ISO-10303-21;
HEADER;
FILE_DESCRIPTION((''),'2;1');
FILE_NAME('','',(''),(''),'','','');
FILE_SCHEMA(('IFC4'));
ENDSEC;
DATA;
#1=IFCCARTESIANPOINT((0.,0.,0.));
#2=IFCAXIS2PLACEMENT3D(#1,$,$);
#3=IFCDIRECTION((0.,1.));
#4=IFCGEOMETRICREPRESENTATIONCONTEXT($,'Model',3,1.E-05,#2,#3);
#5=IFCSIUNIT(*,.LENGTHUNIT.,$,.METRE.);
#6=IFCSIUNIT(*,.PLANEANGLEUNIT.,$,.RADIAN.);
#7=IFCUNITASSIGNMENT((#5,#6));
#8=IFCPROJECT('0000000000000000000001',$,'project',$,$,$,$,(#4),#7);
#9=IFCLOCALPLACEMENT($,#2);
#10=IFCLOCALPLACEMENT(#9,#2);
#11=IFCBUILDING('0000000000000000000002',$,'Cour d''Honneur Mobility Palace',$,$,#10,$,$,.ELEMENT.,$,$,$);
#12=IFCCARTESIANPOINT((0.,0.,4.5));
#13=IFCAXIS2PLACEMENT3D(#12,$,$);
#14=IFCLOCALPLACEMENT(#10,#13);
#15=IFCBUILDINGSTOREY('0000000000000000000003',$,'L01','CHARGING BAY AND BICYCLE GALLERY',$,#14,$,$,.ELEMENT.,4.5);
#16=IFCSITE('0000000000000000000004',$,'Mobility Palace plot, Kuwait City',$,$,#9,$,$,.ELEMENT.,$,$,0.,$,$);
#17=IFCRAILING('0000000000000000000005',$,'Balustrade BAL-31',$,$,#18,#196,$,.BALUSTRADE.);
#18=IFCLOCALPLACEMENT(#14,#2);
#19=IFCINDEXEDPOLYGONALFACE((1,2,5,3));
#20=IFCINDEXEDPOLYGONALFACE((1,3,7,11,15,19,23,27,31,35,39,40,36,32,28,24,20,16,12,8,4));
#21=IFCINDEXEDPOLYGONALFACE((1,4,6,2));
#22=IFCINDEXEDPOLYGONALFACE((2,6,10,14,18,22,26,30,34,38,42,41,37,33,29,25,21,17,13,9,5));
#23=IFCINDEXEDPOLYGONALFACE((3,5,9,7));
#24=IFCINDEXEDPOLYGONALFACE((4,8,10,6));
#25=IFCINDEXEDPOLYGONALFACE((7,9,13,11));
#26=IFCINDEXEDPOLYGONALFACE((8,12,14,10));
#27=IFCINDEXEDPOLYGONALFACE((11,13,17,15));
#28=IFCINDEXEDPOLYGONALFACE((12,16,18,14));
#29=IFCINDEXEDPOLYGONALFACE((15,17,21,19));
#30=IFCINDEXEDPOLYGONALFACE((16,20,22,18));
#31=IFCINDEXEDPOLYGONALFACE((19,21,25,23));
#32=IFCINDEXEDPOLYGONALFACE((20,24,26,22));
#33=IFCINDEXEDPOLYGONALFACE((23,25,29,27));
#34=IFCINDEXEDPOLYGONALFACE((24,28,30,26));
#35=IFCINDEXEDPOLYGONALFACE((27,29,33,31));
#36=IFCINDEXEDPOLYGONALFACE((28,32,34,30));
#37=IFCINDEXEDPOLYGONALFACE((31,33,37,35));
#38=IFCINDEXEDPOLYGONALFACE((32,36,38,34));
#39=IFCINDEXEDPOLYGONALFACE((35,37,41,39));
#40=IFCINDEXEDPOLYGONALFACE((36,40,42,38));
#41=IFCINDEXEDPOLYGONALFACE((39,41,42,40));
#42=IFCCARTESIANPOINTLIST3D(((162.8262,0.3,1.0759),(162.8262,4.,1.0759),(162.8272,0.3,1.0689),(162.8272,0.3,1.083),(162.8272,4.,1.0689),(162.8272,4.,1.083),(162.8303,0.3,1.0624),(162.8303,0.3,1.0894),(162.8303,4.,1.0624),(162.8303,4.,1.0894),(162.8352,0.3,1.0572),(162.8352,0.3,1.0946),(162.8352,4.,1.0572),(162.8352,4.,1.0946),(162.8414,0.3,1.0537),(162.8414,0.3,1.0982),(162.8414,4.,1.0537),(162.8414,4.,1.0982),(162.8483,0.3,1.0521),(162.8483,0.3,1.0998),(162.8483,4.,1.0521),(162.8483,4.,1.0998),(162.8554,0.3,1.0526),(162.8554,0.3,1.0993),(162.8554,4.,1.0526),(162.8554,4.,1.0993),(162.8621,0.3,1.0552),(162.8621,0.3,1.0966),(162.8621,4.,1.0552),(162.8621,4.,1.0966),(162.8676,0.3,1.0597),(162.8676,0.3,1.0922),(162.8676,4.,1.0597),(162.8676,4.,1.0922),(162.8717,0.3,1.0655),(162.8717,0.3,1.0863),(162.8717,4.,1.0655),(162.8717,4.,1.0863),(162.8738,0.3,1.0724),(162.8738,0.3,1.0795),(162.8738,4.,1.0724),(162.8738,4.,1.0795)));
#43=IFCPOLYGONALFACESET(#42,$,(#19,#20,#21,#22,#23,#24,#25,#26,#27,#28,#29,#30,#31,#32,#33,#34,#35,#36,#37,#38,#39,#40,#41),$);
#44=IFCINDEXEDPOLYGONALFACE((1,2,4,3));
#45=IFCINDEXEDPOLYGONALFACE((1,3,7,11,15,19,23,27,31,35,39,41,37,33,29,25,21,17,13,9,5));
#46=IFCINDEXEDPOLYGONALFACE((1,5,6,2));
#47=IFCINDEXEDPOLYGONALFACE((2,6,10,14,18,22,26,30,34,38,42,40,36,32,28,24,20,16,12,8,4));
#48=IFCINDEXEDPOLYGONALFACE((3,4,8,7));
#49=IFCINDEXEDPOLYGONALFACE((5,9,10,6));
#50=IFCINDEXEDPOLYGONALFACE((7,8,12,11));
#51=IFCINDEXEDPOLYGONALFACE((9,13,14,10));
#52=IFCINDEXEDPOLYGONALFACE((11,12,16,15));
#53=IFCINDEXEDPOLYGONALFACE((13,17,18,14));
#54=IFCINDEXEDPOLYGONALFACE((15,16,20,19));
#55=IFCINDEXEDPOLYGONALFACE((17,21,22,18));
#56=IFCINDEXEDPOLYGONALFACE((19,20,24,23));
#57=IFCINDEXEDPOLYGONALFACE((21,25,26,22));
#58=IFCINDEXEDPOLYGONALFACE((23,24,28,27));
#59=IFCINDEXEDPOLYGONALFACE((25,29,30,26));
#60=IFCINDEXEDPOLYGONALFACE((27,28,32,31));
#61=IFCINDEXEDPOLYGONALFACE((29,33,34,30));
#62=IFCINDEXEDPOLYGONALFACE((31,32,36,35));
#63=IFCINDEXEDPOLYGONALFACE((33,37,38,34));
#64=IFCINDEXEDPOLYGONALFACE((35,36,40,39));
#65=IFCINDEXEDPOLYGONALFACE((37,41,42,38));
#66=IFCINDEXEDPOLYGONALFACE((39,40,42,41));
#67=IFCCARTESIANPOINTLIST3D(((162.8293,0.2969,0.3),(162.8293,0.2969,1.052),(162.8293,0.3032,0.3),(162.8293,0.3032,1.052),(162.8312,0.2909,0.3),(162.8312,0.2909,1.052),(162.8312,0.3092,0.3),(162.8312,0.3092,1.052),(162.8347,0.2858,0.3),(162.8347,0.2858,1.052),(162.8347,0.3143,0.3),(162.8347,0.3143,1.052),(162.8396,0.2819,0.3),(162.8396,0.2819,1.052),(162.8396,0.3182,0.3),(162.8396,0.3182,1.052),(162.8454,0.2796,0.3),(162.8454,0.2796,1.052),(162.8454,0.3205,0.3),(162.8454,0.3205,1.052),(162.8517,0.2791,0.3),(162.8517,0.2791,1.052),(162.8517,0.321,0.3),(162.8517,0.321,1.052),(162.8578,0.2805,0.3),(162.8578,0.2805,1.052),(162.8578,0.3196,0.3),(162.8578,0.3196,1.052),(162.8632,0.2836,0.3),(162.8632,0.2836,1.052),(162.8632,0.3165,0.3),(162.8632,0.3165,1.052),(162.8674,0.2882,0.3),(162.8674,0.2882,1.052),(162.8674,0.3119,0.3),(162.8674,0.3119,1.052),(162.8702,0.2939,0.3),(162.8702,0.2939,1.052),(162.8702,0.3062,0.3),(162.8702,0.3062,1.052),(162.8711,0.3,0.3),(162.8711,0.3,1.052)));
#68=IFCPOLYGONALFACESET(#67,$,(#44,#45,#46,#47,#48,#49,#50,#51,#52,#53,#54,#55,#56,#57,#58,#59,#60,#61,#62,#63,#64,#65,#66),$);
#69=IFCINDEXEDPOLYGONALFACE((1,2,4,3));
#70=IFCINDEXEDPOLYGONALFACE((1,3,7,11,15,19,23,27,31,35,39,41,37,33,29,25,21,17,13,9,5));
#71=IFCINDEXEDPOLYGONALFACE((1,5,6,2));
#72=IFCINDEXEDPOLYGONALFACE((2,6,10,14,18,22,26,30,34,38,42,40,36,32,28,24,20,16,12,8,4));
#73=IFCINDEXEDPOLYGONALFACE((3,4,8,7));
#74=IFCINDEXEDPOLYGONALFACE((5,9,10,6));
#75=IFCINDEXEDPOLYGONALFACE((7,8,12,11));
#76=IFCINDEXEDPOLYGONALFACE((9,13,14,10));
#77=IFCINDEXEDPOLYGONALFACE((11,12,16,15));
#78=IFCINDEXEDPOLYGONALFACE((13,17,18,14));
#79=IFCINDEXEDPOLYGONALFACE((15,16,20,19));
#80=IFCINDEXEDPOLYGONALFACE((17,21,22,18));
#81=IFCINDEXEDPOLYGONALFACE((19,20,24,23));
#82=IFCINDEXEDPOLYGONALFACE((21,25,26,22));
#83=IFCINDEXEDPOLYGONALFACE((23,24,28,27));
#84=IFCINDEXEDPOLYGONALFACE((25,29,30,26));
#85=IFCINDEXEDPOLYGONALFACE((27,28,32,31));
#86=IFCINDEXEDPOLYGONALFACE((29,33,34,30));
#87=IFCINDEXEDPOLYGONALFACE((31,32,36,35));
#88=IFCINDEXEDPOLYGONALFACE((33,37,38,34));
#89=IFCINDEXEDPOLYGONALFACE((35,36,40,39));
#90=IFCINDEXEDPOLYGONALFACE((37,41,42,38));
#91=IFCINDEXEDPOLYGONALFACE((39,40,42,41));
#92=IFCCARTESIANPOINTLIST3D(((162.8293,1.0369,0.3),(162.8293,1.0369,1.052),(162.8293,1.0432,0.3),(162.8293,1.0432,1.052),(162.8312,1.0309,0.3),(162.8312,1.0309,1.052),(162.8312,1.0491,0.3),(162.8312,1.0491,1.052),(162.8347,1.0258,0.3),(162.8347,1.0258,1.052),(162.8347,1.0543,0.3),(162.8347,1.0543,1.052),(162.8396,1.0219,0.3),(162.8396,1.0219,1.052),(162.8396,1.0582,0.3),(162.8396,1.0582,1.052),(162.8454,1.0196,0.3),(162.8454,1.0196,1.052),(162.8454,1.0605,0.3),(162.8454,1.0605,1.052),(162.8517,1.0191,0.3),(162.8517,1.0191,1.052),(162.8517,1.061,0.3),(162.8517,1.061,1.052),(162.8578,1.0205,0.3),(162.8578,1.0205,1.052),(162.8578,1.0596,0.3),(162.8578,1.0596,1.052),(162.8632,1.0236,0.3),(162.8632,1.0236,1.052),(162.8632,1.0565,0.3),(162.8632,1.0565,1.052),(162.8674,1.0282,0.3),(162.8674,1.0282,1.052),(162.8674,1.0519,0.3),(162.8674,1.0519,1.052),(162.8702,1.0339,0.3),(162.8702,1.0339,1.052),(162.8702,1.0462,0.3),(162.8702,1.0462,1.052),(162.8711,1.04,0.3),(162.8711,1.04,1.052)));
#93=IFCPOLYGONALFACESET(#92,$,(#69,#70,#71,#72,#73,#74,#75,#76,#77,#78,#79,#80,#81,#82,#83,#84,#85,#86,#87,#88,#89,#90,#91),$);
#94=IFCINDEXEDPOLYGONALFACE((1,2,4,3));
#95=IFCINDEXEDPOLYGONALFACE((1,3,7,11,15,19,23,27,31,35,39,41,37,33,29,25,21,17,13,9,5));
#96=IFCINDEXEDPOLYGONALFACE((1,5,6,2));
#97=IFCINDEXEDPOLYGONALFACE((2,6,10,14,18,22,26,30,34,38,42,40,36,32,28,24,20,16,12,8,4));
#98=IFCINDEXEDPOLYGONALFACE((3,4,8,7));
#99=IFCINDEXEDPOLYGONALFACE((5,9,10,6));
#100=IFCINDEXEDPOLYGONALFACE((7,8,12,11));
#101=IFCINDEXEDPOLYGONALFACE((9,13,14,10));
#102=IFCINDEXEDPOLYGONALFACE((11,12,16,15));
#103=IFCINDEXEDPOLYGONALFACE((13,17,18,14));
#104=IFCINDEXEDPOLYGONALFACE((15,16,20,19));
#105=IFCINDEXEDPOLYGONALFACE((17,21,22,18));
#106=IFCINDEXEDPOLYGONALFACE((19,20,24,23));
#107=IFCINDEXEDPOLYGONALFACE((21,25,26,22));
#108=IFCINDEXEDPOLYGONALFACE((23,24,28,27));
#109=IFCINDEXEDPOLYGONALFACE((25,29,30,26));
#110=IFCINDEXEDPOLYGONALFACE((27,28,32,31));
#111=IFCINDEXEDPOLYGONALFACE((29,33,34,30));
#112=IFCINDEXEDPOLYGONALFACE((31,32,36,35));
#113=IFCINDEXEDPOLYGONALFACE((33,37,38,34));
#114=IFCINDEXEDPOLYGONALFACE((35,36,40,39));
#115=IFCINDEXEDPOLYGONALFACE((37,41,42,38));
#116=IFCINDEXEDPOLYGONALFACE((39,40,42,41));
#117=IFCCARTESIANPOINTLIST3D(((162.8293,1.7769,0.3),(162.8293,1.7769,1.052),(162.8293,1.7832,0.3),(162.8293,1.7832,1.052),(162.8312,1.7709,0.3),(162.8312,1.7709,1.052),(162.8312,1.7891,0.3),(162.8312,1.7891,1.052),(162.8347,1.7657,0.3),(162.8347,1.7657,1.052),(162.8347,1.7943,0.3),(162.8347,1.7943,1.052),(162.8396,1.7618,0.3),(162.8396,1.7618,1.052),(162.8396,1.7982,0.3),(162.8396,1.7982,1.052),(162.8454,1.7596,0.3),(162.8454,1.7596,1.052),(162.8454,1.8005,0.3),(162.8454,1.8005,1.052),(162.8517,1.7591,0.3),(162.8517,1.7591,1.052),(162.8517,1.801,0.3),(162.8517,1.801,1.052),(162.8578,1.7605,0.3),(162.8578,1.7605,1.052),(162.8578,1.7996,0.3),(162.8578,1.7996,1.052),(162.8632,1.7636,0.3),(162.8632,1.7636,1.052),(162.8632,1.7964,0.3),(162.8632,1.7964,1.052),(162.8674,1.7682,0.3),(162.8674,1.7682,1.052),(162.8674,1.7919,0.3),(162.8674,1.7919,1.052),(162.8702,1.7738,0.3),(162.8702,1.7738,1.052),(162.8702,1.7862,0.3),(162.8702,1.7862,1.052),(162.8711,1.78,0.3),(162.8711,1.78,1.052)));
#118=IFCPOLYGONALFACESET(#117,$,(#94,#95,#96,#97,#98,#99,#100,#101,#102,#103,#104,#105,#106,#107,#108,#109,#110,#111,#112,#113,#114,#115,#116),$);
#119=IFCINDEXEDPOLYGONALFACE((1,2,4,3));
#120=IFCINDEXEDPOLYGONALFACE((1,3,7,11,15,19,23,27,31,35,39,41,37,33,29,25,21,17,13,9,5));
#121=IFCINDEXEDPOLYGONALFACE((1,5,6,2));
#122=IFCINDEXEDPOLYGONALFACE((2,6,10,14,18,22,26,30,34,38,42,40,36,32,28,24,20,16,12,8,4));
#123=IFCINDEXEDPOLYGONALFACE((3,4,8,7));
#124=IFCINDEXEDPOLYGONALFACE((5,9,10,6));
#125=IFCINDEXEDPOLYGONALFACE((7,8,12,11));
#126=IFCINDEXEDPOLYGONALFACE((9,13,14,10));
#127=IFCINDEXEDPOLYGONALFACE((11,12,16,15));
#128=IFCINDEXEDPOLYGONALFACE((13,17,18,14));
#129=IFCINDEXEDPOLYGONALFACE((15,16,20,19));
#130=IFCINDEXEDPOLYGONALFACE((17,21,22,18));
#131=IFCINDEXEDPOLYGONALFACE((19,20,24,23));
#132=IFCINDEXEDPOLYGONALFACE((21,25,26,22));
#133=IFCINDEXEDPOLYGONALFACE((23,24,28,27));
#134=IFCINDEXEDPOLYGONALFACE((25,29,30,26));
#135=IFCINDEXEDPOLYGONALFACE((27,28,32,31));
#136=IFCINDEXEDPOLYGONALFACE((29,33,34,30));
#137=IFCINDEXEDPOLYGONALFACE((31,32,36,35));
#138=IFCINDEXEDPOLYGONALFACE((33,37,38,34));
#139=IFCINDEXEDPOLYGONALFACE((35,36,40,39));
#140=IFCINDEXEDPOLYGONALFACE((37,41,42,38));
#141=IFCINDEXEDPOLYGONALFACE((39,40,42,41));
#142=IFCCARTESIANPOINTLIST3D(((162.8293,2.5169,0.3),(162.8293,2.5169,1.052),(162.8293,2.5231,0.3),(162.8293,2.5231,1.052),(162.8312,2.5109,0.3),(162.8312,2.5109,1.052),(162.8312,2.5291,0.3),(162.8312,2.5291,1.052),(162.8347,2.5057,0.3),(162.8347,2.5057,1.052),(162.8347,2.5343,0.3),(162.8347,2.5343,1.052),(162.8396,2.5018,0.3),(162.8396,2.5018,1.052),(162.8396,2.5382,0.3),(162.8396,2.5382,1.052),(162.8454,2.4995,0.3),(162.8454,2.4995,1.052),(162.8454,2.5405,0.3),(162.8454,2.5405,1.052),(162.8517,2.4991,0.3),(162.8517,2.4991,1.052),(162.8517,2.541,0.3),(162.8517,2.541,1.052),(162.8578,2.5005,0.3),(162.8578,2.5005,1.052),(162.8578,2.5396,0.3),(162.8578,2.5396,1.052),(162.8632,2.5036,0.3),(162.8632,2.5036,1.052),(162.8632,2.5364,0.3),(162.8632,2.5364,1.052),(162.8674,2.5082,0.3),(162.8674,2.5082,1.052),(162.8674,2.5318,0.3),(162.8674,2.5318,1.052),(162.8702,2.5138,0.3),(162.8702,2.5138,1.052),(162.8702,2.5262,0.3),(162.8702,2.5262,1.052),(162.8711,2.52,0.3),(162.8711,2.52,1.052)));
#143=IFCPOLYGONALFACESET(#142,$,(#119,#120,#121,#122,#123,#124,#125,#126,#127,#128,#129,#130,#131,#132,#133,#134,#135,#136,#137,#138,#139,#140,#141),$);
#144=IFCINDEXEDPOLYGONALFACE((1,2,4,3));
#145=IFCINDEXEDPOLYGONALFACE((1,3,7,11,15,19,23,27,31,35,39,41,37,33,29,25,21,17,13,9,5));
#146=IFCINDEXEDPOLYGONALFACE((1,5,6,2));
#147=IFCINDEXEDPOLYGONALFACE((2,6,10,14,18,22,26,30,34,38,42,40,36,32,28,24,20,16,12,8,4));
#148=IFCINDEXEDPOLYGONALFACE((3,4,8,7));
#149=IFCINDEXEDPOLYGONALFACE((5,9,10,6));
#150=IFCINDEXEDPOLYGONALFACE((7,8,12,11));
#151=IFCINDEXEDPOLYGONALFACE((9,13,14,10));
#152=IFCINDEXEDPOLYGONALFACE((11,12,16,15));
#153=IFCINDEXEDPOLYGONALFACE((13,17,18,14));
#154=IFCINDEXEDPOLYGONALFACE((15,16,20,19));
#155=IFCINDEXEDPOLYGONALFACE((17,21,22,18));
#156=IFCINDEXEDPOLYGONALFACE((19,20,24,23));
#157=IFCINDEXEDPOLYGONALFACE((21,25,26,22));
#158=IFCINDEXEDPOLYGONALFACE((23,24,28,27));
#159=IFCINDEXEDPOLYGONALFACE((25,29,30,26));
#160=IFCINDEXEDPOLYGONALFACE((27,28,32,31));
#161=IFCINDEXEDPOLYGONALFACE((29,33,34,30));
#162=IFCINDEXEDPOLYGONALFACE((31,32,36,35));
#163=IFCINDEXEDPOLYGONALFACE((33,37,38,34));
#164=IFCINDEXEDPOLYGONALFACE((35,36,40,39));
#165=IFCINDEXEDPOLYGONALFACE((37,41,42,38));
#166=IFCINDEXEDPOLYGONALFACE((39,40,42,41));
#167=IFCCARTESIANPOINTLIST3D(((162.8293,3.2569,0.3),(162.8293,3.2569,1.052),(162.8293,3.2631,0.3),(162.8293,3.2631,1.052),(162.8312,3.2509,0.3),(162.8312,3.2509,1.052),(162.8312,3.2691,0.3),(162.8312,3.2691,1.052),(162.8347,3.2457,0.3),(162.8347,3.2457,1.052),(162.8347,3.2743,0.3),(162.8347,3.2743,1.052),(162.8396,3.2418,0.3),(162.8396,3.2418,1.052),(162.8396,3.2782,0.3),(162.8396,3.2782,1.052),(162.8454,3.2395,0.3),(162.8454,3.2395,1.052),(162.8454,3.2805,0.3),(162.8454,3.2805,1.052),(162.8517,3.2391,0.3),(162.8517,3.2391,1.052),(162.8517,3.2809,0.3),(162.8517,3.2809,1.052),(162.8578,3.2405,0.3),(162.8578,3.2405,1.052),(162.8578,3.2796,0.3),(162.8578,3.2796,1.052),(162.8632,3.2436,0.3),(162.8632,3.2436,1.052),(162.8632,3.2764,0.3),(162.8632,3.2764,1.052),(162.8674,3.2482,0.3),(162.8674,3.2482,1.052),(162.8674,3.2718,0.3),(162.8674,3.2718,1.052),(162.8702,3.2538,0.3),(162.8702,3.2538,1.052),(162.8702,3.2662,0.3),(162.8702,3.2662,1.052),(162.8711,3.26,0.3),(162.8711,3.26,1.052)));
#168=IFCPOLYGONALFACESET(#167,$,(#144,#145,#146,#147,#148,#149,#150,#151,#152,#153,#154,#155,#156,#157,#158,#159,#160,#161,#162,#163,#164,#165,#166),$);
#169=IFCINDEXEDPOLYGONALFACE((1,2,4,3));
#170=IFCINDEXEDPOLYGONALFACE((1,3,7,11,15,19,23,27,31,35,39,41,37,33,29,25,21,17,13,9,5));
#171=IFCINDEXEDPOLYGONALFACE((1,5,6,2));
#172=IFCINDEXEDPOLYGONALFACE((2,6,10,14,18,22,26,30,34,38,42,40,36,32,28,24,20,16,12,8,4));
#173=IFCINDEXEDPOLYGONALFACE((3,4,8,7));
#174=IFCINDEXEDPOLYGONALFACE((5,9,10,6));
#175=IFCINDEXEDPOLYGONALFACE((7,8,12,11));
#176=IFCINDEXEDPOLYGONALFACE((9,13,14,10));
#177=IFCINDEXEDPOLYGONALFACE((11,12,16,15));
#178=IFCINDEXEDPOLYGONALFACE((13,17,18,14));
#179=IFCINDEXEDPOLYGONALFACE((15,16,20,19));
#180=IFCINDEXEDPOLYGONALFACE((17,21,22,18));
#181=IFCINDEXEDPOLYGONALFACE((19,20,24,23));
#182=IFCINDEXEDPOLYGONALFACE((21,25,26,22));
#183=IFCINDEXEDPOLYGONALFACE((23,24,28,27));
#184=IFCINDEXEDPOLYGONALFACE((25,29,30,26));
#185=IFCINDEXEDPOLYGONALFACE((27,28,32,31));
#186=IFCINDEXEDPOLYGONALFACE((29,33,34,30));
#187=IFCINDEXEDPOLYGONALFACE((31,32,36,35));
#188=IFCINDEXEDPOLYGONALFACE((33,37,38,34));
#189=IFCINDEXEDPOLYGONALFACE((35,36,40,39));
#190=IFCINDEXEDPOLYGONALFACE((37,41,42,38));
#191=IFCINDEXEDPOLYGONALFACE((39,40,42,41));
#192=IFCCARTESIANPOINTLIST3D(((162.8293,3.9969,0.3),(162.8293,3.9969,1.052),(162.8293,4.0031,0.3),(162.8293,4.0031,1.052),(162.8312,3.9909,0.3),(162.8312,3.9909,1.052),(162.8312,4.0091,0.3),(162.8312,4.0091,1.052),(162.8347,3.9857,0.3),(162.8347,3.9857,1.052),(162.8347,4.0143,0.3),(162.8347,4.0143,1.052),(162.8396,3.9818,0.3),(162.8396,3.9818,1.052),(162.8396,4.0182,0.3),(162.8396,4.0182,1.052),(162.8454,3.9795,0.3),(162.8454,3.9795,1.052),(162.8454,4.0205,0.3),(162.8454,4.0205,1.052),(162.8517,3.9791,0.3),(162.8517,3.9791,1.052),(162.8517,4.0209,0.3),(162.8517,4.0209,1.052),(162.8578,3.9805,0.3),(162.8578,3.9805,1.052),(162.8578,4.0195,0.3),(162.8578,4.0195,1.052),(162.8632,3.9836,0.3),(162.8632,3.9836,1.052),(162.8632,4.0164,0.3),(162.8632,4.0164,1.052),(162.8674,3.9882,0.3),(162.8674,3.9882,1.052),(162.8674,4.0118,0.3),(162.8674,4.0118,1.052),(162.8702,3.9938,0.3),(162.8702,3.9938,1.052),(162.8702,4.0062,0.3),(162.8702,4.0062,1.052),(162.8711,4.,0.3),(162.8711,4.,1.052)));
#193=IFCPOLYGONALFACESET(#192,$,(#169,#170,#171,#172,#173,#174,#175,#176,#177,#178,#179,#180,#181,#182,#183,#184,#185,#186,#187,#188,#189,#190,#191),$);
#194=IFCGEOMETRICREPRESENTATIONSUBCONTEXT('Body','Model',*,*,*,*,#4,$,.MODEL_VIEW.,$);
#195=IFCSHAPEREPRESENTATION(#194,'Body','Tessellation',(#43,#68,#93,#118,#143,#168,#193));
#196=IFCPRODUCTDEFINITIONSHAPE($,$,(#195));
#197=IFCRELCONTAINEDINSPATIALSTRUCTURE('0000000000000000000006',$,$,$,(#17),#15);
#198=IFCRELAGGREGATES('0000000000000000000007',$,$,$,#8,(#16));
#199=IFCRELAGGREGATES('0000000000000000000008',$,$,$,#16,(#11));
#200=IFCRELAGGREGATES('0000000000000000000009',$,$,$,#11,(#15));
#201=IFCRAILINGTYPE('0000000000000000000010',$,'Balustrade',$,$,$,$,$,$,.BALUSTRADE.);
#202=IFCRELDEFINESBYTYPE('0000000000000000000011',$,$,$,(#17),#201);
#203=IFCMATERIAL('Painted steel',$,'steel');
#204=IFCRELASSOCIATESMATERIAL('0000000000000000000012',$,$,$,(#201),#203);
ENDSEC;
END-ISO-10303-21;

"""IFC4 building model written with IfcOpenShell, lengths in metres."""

from ifc_helpers import new_model, si_unit, direction, frame, origin, origin_2d, place, context, subcontext, project, spatial, circle, extrude, material, type_object, element, save


model = new_model("IFC4")

# Units and contexts
model_context = context("Model", 3, precision=1e-05, world=origin(), true_north=direction((0.0, 1.0)))
body_context = subcontext(model_context, "Body", "Model", "MODEL_VIEW")
ifc_project = project(units=[si_unit("LENGTHUNIT", "METRE"), si_unit("PLANEANGLEUNIT", "RADIAN")], contexts=[model_context])

# Site, building, storey
site_placement = place(None, origin())
site = spatial("IfcSite", under=ifc_project, at=site_placement, Name="Mobility Palace plot, Kuwait City", CompositionType="ELEMENT", RefElevation=0.0)
building_placement = place(site_placement, origin())
building = spatial("IfcBuilding", under=site, at=building_placement, Name="Cour d'Honneur Mobility Palace", CompositionType="ELEMENT")
storey_placement = place(building_placement, frame((0.0, 0.0, 4.5)))
storey = spatial("IfcBuildingStorey", under=building, at=storey_placement, Name="L01", Description="CHARGING BAY AND BICYCLE GALLERY", CompositionType="ELEMENT", Elevation=4.5)

# Railing
ifc_material_1 = material(Name="Painted steel", Category="steel")
railing_type_1 = type_object("IfcRailingType", Name="Balustrade", PredefinedType="BALUSTRADE", material=ifc_material_1)
railing_1_placement = place(storey_placement, frame((162.8501, 0.3, 0.3)))
element("IfcRailing", 1, at=railing_1_placement, inside=storey, type_object=railing_type_1, Name="Balustrade BAL-31", PredefinedType="BALUSTRADE", context=body_context, shape_type="SweptSolid", body=[
    extrude(circle(Radius=0.0239, at=origin_2d()), frame((0.0, 0.0, 0.7759), z_axis=(0.0, 1.0, 0.0), x_axis=(-1.0, 0.0, 0.0)), (0.0, 0.0, 1.0), 3.7),
    extrude(circle(Radius=0.021, at=origin_2d()), origin(), (0.0, 0.0, 1.0), 0.752),
    extrude(circle(Radius=0.021, at=origin_2d()), frame((0.0, 0.74, 0.0)), (0.0, 0.0, 1.0), 0.752),
    extrude(circle(Radius=0.021, at=origin_2d()), frame((0.0, 1.48, 0.0)), (0.0, 0.0, 1.0), 0.752),
    extrude(circle(Radius=0.021, at=origin_2d()), frame((0.0, 2.22, 0.0)), (0.0, 0.0, 1.0), 0.752),
    extrude(circle(Radius=0.021, at=origin_2d()), frame((0.0, 2.96, 0.0)), (0.0, 0.0, 1.0), 0.752),
    extrude(circle(Radius=0.021, at=origin_2d()), frame((0.0, 3.7, 0.0)), (0.0, 0.0, 1.0), 0.752),
])

save(model, "model.ifc")
